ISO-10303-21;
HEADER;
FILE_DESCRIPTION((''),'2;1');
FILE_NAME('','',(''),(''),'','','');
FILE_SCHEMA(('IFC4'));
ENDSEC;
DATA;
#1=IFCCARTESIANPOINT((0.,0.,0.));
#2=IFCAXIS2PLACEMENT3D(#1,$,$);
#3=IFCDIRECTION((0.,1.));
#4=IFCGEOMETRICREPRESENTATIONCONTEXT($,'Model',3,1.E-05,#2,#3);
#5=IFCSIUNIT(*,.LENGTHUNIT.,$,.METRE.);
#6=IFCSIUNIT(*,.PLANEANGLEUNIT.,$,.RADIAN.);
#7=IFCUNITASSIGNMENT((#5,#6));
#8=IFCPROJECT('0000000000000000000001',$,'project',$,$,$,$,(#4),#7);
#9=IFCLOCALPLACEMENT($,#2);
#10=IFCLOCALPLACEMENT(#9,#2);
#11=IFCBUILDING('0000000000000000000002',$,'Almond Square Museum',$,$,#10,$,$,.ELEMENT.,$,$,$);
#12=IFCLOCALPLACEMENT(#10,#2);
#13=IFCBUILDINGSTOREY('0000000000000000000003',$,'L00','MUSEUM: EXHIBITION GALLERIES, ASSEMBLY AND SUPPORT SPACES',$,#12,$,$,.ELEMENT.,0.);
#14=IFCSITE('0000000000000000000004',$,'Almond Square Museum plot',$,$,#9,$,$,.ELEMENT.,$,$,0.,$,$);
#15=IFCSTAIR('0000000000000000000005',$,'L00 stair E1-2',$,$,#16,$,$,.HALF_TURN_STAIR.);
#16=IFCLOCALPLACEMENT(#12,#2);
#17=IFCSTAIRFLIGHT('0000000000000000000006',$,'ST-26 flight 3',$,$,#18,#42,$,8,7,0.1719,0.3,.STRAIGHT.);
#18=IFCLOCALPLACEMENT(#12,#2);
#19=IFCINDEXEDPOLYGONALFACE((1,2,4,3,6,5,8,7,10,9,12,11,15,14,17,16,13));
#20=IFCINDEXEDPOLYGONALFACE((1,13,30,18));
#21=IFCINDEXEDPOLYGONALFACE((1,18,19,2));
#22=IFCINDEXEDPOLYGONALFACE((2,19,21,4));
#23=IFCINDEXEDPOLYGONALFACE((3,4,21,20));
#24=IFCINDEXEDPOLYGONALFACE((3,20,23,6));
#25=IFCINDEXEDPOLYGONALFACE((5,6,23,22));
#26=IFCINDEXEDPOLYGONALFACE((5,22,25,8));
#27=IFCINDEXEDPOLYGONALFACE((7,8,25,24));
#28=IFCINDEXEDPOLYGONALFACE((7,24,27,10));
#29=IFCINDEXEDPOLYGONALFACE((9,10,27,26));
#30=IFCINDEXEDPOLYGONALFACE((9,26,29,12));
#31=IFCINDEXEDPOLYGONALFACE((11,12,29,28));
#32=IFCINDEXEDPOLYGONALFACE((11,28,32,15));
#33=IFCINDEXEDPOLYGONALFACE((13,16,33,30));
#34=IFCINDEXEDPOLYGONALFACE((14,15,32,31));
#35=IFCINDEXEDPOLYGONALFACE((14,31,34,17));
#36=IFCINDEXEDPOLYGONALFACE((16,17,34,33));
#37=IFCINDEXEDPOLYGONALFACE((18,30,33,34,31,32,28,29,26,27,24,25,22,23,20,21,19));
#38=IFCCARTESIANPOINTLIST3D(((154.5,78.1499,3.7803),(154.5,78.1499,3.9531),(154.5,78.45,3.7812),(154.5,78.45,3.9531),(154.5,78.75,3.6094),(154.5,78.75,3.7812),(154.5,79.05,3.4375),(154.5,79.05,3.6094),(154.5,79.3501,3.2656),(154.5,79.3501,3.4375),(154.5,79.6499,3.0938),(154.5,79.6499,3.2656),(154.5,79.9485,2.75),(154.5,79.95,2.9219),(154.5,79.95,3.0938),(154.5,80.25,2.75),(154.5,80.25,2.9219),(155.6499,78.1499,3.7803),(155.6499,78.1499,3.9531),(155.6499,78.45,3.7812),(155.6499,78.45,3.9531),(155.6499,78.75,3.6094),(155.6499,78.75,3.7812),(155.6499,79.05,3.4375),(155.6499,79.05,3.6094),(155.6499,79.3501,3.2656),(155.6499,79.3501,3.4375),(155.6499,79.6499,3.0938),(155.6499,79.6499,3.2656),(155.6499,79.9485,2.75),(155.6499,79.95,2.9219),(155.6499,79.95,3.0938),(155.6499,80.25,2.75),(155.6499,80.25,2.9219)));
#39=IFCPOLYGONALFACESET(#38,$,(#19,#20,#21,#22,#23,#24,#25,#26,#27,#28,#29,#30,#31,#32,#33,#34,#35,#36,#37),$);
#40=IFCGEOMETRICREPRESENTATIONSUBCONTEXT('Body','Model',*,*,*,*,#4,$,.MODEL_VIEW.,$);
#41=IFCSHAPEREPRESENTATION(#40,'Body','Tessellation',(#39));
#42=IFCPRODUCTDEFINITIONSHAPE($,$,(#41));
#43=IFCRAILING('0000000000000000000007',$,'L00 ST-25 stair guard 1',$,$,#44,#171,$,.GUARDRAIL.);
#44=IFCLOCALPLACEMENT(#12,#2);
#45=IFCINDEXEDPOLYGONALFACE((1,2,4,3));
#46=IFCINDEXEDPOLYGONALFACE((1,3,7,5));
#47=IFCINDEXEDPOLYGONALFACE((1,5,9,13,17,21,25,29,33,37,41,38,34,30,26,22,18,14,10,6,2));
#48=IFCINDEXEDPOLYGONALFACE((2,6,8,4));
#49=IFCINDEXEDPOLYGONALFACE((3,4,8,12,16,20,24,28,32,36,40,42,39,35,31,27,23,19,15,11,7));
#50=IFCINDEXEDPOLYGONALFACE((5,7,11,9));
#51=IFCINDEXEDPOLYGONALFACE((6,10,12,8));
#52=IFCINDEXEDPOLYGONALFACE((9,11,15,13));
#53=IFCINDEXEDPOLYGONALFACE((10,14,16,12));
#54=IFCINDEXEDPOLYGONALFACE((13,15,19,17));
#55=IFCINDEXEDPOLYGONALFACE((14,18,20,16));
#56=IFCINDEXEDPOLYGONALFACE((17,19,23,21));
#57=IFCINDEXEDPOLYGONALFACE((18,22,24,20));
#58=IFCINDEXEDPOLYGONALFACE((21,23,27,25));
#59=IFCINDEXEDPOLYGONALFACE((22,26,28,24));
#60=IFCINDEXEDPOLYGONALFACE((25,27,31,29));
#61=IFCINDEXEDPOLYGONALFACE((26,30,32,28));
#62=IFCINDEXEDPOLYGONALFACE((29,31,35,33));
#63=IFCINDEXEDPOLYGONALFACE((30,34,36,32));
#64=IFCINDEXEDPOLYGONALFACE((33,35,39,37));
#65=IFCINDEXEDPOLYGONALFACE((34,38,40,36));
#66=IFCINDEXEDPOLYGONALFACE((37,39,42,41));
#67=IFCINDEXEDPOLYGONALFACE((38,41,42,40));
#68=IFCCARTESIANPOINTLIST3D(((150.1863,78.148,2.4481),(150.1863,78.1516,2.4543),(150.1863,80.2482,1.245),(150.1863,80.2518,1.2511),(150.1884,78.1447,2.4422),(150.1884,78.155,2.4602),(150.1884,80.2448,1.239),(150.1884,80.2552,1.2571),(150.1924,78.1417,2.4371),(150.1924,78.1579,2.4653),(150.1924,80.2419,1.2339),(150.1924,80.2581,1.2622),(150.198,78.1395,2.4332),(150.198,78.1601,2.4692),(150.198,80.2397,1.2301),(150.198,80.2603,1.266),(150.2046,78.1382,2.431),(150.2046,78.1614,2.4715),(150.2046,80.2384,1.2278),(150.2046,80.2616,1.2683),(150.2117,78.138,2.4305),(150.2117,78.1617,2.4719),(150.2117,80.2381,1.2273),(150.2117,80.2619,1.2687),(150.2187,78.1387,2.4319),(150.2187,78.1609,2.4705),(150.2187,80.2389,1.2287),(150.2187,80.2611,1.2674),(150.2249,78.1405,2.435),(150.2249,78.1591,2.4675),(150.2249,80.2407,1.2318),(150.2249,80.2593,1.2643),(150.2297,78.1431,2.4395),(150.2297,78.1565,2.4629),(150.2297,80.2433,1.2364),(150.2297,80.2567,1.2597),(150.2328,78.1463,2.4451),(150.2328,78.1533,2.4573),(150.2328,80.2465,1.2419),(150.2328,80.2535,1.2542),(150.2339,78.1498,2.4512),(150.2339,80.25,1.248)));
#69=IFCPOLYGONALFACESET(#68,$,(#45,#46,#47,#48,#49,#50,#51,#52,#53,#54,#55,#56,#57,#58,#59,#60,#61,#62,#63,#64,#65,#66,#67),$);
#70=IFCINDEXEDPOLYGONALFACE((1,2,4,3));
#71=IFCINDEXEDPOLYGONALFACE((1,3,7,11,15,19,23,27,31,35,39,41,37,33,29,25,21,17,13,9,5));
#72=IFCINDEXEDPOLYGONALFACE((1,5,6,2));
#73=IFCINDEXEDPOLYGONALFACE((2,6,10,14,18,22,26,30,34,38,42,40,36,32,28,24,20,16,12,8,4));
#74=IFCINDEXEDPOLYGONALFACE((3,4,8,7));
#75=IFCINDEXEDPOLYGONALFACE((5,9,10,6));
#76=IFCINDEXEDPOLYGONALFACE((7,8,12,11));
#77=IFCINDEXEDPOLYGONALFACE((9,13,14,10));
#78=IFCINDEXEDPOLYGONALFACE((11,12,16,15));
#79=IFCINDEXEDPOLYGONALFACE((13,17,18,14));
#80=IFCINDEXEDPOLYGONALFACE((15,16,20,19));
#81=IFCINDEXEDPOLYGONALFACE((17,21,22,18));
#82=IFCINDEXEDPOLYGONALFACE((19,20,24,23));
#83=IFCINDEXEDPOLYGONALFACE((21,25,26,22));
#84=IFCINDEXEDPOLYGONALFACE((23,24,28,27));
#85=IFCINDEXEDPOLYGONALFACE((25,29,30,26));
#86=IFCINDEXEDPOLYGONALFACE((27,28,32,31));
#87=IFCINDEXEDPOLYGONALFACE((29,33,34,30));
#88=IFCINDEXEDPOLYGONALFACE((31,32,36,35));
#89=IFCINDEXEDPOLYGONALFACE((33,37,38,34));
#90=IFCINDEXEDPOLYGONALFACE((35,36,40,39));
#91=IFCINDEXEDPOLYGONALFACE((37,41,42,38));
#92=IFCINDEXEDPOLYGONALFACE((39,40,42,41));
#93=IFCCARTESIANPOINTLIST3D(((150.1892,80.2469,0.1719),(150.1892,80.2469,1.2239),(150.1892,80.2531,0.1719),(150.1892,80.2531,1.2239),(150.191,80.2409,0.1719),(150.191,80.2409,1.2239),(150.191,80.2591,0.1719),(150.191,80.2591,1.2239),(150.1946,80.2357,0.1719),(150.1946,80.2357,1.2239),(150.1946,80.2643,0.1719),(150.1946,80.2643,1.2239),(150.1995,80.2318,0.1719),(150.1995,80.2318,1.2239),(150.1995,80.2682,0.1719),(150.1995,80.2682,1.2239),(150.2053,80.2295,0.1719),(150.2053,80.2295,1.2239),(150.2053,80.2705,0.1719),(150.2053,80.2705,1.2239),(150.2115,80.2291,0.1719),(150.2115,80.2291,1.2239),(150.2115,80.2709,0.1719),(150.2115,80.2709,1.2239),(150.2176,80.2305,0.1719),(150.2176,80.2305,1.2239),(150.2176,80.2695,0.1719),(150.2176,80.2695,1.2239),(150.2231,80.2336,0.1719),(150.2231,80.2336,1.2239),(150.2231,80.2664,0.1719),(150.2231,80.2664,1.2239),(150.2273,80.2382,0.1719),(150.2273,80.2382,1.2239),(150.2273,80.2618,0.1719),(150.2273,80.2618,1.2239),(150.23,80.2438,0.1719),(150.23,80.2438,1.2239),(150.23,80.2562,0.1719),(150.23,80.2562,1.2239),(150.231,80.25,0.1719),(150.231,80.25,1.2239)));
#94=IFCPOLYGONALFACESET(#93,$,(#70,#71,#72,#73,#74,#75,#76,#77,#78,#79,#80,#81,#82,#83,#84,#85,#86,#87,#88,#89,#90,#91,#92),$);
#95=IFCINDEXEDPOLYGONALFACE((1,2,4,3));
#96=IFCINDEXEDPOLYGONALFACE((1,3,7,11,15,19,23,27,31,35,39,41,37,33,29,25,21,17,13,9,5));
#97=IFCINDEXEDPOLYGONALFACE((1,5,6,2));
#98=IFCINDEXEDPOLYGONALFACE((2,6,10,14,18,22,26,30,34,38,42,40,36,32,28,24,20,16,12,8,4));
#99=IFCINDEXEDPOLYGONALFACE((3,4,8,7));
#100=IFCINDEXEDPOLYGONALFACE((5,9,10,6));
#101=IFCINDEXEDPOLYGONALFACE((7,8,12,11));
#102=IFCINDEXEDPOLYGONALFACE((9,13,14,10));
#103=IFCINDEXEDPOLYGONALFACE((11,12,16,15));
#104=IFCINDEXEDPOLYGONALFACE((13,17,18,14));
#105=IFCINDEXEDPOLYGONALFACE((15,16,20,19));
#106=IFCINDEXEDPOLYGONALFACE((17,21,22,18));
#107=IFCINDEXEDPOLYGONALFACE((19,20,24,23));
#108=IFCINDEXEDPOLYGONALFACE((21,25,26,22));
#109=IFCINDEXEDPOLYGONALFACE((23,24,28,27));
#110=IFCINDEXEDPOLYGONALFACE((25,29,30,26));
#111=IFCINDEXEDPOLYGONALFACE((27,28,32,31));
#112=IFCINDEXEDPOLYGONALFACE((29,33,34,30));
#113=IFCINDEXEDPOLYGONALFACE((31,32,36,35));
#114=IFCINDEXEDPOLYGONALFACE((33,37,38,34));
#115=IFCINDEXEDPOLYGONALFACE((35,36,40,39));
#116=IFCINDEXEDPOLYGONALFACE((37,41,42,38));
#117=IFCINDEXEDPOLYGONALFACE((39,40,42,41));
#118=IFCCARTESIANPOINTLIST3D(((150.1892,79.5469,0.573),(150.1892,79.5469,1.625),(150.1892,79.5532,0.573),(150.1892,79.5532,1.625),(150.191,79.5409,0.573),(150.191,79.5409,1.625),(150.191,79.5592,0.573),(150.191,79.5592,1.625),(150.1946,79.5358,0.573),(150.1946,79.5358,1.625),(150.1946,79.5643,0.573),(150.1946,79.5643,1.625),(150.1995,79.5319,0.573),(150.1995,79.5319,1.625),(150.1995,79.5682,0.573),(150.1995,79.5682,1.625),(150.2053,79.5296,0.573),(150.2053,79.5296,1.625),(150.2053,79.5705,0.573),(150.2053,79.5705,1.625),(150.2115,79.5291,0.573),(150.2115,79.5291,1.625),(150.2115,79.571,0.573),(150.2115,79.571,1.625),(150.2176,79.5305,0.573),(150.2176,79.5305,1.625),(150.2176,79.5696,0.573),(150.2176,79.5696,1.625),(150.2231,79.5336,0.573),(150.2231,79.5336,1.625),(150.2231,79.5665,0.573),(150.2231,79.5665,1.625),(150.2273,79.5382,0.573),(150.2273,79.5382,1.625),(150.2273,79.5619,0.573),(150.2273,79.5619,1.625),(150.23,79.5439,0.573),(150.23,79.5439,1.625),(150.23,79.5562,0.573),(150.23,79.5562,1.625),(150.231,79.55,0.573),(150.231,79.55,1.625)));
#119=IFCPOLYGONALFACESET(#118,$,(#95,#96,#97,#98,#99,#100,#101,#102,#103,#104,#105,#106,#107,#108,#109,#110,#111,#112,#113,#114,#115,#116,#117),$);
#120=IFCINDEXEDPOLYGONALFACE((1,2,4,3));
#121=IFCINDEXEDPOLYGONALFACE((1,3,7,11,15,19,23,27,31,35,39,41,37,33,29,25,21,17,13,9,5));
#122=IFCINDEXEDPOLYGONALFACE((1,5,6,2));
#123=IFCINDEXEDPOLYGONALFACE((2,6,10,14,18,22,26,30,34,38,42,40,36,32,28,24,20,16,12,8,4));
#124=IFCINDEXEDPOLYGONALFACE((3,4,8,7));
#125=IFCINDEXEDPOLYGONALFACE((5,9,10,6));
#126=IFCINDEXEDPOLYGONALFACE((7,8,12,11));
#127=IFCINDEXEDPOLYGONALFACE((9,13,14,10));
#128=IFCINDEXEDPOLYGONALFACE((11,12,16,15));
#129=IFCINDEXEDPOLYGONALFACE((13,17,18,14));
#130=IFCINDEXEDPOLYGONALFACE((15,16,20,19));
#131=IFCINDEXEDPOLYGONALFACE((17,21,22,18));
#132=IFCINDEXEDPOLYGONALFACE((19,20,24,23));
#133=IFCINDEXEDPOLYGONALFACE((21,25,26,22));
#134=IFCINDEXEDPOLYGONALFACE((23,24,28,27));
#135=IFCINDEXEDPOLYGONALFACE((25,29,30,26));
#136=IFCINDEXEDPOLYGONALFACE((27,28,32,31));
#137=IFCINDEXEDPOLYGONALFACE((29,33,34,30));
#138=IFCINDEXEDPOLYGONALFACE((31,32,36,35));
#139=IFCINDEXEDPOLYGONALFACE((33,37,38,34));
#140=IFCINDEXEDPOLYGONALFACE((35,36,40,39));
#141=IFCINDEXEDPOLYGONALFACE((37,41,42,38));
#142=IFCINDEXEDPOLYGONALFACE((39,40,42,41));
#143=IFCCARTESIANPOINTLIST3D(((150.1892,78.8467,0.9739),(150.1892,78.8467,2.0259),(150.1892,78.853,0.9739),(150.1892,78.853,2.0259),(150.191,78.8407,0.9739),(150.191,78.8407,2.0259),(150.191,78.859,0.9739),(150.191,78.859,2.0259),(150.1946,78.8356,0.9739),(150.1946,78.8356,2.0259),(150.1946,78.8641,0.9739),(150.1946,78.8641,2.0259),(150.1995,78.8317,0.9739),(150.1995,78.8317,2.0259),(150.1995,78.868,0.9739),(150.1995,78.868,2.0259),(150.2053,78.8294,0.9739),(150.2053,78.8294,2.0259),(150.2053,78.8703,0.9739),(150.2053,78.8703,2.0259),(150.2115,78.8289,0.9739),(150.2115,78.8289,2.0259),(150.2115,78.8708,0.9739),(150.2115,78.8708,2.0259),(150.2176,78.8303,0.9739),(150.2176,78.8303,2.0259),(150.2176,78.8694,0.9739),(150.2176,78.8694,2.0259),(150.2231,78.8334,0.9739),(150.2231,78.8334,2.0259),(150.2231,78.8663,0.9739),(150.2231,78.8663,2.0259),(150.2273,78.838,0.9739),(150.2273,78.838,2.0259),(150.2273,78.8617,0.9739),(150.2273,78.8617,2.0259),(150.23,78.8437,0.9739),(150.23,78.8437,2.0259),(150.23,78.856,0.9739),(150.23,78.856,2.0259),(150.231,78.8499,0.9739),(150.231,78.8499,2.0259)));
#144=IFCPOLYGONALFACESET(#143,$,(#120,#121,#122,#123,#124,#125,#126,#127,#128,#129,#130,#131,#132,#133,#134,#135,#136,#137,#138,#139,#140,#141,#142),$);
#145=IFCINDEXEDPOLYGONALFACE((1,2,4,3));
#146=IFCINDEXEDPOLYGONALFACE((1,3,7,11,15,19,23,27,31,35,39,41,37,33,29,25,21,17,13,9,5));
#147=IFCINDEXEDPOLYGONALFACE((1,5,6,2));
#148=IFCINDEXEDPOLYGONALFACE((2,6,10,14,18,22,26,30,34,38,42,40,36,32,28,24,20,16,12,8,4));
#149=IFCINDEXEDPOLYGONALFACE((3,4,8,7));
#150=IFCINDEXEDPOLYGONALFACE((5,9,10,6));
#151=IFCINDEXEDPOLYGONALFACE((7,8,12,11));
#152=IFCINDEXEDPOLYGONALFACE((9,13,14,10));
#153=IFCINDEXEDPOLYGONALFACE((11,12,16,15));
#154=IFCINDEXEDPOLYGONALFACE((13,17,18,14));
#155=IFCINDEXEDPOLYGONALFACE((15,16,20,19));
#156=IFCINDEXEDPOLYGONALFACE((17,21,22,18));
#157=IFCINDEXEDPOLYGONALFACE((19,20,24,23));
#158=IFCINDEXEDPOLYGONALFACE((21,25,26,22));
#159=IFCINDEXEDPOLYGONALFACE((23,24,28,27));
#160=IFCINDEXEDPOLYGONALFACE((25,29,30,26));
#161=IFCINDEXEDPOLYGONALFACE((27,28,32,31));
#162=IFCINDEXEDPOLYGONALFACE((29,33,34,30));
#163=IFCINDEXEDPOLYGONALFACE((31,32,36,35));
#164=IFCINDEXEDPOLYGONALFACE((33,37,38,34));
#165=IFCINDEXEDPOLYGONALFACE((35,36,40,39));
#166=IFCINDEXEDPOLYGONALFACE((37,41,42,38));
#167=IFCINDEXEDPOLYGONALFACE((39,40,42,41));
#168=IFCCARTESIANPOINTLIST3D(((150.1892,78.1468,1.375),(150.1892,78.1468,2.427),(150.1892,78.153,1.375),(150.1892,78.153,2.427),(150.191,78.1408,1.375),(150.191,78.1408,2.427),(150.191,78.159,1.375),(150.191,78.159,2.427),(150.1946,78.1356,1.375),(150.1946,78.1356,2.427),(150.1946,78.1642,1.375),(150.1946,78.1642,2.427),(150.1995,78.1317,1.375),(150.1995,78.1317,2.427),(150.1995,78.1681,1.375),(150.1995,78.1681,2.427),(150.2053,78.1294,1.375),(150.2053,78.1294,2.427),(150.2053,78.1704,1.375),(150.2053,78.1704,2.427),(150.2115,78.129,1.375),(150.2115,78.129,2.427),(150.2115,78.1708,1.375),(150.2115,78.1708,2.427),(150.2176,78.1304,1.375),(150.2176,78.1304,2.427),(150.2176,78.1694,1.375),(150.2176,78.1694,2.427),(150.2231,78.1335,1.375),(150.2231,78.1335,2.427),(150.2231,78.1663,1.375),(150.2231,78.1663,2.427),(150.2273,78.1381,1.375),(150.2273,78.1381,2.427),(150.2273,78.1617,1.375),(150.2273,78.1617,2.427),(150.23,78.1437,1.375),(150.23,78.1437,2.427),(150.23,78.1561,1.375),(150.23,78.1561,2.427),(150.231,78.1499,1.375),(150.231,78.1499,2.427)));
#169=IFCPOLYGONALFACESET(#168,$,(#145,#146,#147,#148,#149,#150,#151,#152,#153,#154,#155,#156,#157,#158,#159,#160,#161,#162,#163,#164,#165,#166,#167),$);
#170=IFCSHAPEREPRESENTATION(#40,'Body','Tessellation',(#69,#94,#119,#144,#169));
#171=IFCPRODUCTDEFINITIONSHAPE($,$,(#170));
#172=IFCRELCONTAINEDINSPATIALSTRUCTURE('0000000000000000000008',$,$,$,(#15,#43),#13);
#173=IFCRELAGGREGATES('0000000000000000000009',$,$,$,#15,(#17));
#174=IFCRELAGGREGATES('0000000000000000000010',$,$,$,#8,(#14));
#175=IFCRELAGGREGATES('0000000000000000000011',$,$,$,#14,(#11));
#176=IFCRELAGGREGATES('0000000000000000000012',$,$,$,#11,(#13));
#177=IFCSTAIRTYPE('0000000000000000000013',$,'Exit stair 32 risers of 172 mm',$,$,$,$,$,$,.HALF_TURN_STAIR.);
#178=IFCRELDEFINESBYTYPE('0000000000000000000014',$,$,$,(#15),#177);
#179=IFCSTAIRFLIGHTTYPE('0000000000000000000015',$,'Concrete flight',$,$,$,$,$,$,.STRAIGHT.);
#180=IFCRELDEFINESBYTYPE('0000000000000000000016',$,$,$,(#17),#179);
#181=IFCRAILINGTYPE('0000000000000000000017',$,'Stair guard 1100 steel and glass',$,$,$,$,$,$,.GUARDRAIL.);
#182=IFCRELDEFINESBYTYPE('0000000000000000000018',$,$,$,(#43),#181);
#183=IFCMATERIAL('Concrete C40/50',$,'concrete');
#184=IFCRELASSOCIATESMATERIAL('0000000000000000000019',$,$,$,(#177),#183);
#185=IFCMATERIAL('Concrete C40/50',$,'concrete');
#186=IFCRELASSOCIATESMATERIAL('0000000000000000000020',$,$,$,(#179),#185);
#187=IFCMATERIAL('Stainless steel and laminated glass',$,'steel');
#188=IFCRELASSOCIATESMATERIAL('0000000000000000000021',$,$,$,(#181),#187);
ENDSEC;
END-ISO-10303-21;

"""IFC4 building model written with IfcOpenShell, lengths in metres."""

from ifc_helpers import new_model, si_unit, direction, frame, origin, origin_2d, place, context, subcontext, project, spatial, polyline, circle, outline, extrude, material, type_object, element, aggregate, save


model = new_model("IFC4")

# Units and contexts
model_context = context("Model", 3, precision=1e-05, world=origin(), true_north=direction((0.0, 1.0)))
body_context = subcontext(model_context, "Body", "Model", "MODEL_VIEW")
ifc_project = project(units=[si_unit("LENGTHUNIT", "METRE"), si_unit("PLANEANGLEUNIT", "RADIAN")], contexts=[model_context])

# Site, building, storey
site_placement = place(None, origin())
site = spatial("IfcSite", under=ifc_project, at=site_placement, Name="Almond Square Museum plot", CompositionType="ELEMENT", RefElevation=0.0)
building_placement = place(site_placement, origin())
building = spatial("IfcBuilding", under=site, at=building_placement, Name="Almond Square Museum", CompositionType="ELEMENT")
storey_placement = place(building_placement, origin())
storey = spatial("IfcBuildingStorey", under=building, at=storey_placement, Name="L00", Description="MUSEUM: EXHIBITION GALLERIES, ASSEMBLY AND SUPPORT SPACES", CompositionType="ELEMENT", Elevation=0.0)

# Stair, stair flight
ifc_material_1 = material(Name="Concrete C40/50", Category="concrete")
stair_type = type_object("IfcStairType", Name="Exit stair 32 risers of 172 mm", PredefinedType="HALF_TURN_STAIR", material=ifc_material_1)
ifc_material_2 = material(Name="Concrete C40/50", Category="concrete")
stair_flight_type = type_object("IfcStairFlightType", Name="Concrete flight", PredefinedType="STRAIGHT", material=ifc_material_2)
stair_1_placement = place(storey_placement, origin())
stair_1 = element("IfcStair", 1, at=stair_1_placement, inside=storey, type_object=stair_type, Name="L00 stair E1-2", PredefinedType="HALF_TURN_STAIR")
stair_flight_1_placement = place(storey_placement, frame((155.075, 80.25, 2.75), z_axis=(0.0, 0.0, 1.0), x_axis=(0.0, -1.0, 0.0)))
stair_flight_1 = element("IfcStairFlight", 2, at=stair_flight_1_placement, type_object=stair_flight_type, Name="ST-26 flight 3", NumberOfRisers=8, NumberOfTreads=7, PredefinedType="STRAIGHT", RiserHeight=0.1719, TreadLength=0.3, context=body_context, shape_type="SweptSolid", body=[
    extrude(outline(polyline([(0.0, 0.0), (0.0, 0.1719), (0.3, 0.1719), (0.3, 0.3438), (0.6001, 0.3438), (0.6001, 0.5156), (0.8999, 0.5156), (0.8999, 0.6875), (1.2, 0.6875), (1.2, 0.8594), (1.5, 0.8594), (1.5, 1.0312), (1.8, 1.0312), (1.8, 1.2031), (2.1001, 1.2031), (2.1001, 1.375), (2.1001, 1.0303), (0.3015, 0.0), (0.0, 0.0)])), frame((0.0, 0.575, 0.0), z_axis=(0.0, -1.0, 0.0), x_axis=(1.0, 0.0, 0.0)), (0.0, 0.0, 1.0), 1.1499),
])
aggregate(stair_1, [stair_flight_1])

# Railing
ifc_material_3 = material(Name="Stainless steel and laminated glass", Category="steel")
railing_type_1 = type_object("IfcRailingType", Name="Stair guard 1100 steel and glass", PredefinedType="GUARDRAIL", material=ifc_material_3)
railing_1_placement = place(storey_placement, frame((150.21, 80.25, 0.1719)))
element("IfcRailing", 3, at=railing_1_placement, inside=storey, type_object=railing_type_1, Name="L00 ST-25 stair guard 1", PredefinedType="GUARDRAIL", context=body_context, shape_type="SweptSolid", body=[
    extrude(circle(Radius=0.0239, at=origin_2d()), frame((0.0, 0.0, 1.0762), z_axis=(0.0, -0.867696, 0.497095), x_axis=(1.0, 0.0, 0.0)), (0.0, 0.0, 1.0), 2.4204),
    extrude(circle(Radius=0.021, at=origin_2d()), origin(), (0.0, 0.0, 1.0), 1.052),
    extrude(circle(Radius=0.021, at=origin_2d()), frame((0.0, -0.7, 0.4011)), (0.0, 0.0, 1.0), 1.052),
    extrude(circle(Radius=0.021, at=origin_2d()), frame((0.0, -1.4001, 0.802)), (0.0, 0.0, 1.0), 1.052),
    extrude(circle(Radius=0.021, at=origin_2d()), frame((0.0, -2.1001, 1.2031)), (0.0, 0.0, 1.0), 1.052),
])

save(model, "model.ifc")
